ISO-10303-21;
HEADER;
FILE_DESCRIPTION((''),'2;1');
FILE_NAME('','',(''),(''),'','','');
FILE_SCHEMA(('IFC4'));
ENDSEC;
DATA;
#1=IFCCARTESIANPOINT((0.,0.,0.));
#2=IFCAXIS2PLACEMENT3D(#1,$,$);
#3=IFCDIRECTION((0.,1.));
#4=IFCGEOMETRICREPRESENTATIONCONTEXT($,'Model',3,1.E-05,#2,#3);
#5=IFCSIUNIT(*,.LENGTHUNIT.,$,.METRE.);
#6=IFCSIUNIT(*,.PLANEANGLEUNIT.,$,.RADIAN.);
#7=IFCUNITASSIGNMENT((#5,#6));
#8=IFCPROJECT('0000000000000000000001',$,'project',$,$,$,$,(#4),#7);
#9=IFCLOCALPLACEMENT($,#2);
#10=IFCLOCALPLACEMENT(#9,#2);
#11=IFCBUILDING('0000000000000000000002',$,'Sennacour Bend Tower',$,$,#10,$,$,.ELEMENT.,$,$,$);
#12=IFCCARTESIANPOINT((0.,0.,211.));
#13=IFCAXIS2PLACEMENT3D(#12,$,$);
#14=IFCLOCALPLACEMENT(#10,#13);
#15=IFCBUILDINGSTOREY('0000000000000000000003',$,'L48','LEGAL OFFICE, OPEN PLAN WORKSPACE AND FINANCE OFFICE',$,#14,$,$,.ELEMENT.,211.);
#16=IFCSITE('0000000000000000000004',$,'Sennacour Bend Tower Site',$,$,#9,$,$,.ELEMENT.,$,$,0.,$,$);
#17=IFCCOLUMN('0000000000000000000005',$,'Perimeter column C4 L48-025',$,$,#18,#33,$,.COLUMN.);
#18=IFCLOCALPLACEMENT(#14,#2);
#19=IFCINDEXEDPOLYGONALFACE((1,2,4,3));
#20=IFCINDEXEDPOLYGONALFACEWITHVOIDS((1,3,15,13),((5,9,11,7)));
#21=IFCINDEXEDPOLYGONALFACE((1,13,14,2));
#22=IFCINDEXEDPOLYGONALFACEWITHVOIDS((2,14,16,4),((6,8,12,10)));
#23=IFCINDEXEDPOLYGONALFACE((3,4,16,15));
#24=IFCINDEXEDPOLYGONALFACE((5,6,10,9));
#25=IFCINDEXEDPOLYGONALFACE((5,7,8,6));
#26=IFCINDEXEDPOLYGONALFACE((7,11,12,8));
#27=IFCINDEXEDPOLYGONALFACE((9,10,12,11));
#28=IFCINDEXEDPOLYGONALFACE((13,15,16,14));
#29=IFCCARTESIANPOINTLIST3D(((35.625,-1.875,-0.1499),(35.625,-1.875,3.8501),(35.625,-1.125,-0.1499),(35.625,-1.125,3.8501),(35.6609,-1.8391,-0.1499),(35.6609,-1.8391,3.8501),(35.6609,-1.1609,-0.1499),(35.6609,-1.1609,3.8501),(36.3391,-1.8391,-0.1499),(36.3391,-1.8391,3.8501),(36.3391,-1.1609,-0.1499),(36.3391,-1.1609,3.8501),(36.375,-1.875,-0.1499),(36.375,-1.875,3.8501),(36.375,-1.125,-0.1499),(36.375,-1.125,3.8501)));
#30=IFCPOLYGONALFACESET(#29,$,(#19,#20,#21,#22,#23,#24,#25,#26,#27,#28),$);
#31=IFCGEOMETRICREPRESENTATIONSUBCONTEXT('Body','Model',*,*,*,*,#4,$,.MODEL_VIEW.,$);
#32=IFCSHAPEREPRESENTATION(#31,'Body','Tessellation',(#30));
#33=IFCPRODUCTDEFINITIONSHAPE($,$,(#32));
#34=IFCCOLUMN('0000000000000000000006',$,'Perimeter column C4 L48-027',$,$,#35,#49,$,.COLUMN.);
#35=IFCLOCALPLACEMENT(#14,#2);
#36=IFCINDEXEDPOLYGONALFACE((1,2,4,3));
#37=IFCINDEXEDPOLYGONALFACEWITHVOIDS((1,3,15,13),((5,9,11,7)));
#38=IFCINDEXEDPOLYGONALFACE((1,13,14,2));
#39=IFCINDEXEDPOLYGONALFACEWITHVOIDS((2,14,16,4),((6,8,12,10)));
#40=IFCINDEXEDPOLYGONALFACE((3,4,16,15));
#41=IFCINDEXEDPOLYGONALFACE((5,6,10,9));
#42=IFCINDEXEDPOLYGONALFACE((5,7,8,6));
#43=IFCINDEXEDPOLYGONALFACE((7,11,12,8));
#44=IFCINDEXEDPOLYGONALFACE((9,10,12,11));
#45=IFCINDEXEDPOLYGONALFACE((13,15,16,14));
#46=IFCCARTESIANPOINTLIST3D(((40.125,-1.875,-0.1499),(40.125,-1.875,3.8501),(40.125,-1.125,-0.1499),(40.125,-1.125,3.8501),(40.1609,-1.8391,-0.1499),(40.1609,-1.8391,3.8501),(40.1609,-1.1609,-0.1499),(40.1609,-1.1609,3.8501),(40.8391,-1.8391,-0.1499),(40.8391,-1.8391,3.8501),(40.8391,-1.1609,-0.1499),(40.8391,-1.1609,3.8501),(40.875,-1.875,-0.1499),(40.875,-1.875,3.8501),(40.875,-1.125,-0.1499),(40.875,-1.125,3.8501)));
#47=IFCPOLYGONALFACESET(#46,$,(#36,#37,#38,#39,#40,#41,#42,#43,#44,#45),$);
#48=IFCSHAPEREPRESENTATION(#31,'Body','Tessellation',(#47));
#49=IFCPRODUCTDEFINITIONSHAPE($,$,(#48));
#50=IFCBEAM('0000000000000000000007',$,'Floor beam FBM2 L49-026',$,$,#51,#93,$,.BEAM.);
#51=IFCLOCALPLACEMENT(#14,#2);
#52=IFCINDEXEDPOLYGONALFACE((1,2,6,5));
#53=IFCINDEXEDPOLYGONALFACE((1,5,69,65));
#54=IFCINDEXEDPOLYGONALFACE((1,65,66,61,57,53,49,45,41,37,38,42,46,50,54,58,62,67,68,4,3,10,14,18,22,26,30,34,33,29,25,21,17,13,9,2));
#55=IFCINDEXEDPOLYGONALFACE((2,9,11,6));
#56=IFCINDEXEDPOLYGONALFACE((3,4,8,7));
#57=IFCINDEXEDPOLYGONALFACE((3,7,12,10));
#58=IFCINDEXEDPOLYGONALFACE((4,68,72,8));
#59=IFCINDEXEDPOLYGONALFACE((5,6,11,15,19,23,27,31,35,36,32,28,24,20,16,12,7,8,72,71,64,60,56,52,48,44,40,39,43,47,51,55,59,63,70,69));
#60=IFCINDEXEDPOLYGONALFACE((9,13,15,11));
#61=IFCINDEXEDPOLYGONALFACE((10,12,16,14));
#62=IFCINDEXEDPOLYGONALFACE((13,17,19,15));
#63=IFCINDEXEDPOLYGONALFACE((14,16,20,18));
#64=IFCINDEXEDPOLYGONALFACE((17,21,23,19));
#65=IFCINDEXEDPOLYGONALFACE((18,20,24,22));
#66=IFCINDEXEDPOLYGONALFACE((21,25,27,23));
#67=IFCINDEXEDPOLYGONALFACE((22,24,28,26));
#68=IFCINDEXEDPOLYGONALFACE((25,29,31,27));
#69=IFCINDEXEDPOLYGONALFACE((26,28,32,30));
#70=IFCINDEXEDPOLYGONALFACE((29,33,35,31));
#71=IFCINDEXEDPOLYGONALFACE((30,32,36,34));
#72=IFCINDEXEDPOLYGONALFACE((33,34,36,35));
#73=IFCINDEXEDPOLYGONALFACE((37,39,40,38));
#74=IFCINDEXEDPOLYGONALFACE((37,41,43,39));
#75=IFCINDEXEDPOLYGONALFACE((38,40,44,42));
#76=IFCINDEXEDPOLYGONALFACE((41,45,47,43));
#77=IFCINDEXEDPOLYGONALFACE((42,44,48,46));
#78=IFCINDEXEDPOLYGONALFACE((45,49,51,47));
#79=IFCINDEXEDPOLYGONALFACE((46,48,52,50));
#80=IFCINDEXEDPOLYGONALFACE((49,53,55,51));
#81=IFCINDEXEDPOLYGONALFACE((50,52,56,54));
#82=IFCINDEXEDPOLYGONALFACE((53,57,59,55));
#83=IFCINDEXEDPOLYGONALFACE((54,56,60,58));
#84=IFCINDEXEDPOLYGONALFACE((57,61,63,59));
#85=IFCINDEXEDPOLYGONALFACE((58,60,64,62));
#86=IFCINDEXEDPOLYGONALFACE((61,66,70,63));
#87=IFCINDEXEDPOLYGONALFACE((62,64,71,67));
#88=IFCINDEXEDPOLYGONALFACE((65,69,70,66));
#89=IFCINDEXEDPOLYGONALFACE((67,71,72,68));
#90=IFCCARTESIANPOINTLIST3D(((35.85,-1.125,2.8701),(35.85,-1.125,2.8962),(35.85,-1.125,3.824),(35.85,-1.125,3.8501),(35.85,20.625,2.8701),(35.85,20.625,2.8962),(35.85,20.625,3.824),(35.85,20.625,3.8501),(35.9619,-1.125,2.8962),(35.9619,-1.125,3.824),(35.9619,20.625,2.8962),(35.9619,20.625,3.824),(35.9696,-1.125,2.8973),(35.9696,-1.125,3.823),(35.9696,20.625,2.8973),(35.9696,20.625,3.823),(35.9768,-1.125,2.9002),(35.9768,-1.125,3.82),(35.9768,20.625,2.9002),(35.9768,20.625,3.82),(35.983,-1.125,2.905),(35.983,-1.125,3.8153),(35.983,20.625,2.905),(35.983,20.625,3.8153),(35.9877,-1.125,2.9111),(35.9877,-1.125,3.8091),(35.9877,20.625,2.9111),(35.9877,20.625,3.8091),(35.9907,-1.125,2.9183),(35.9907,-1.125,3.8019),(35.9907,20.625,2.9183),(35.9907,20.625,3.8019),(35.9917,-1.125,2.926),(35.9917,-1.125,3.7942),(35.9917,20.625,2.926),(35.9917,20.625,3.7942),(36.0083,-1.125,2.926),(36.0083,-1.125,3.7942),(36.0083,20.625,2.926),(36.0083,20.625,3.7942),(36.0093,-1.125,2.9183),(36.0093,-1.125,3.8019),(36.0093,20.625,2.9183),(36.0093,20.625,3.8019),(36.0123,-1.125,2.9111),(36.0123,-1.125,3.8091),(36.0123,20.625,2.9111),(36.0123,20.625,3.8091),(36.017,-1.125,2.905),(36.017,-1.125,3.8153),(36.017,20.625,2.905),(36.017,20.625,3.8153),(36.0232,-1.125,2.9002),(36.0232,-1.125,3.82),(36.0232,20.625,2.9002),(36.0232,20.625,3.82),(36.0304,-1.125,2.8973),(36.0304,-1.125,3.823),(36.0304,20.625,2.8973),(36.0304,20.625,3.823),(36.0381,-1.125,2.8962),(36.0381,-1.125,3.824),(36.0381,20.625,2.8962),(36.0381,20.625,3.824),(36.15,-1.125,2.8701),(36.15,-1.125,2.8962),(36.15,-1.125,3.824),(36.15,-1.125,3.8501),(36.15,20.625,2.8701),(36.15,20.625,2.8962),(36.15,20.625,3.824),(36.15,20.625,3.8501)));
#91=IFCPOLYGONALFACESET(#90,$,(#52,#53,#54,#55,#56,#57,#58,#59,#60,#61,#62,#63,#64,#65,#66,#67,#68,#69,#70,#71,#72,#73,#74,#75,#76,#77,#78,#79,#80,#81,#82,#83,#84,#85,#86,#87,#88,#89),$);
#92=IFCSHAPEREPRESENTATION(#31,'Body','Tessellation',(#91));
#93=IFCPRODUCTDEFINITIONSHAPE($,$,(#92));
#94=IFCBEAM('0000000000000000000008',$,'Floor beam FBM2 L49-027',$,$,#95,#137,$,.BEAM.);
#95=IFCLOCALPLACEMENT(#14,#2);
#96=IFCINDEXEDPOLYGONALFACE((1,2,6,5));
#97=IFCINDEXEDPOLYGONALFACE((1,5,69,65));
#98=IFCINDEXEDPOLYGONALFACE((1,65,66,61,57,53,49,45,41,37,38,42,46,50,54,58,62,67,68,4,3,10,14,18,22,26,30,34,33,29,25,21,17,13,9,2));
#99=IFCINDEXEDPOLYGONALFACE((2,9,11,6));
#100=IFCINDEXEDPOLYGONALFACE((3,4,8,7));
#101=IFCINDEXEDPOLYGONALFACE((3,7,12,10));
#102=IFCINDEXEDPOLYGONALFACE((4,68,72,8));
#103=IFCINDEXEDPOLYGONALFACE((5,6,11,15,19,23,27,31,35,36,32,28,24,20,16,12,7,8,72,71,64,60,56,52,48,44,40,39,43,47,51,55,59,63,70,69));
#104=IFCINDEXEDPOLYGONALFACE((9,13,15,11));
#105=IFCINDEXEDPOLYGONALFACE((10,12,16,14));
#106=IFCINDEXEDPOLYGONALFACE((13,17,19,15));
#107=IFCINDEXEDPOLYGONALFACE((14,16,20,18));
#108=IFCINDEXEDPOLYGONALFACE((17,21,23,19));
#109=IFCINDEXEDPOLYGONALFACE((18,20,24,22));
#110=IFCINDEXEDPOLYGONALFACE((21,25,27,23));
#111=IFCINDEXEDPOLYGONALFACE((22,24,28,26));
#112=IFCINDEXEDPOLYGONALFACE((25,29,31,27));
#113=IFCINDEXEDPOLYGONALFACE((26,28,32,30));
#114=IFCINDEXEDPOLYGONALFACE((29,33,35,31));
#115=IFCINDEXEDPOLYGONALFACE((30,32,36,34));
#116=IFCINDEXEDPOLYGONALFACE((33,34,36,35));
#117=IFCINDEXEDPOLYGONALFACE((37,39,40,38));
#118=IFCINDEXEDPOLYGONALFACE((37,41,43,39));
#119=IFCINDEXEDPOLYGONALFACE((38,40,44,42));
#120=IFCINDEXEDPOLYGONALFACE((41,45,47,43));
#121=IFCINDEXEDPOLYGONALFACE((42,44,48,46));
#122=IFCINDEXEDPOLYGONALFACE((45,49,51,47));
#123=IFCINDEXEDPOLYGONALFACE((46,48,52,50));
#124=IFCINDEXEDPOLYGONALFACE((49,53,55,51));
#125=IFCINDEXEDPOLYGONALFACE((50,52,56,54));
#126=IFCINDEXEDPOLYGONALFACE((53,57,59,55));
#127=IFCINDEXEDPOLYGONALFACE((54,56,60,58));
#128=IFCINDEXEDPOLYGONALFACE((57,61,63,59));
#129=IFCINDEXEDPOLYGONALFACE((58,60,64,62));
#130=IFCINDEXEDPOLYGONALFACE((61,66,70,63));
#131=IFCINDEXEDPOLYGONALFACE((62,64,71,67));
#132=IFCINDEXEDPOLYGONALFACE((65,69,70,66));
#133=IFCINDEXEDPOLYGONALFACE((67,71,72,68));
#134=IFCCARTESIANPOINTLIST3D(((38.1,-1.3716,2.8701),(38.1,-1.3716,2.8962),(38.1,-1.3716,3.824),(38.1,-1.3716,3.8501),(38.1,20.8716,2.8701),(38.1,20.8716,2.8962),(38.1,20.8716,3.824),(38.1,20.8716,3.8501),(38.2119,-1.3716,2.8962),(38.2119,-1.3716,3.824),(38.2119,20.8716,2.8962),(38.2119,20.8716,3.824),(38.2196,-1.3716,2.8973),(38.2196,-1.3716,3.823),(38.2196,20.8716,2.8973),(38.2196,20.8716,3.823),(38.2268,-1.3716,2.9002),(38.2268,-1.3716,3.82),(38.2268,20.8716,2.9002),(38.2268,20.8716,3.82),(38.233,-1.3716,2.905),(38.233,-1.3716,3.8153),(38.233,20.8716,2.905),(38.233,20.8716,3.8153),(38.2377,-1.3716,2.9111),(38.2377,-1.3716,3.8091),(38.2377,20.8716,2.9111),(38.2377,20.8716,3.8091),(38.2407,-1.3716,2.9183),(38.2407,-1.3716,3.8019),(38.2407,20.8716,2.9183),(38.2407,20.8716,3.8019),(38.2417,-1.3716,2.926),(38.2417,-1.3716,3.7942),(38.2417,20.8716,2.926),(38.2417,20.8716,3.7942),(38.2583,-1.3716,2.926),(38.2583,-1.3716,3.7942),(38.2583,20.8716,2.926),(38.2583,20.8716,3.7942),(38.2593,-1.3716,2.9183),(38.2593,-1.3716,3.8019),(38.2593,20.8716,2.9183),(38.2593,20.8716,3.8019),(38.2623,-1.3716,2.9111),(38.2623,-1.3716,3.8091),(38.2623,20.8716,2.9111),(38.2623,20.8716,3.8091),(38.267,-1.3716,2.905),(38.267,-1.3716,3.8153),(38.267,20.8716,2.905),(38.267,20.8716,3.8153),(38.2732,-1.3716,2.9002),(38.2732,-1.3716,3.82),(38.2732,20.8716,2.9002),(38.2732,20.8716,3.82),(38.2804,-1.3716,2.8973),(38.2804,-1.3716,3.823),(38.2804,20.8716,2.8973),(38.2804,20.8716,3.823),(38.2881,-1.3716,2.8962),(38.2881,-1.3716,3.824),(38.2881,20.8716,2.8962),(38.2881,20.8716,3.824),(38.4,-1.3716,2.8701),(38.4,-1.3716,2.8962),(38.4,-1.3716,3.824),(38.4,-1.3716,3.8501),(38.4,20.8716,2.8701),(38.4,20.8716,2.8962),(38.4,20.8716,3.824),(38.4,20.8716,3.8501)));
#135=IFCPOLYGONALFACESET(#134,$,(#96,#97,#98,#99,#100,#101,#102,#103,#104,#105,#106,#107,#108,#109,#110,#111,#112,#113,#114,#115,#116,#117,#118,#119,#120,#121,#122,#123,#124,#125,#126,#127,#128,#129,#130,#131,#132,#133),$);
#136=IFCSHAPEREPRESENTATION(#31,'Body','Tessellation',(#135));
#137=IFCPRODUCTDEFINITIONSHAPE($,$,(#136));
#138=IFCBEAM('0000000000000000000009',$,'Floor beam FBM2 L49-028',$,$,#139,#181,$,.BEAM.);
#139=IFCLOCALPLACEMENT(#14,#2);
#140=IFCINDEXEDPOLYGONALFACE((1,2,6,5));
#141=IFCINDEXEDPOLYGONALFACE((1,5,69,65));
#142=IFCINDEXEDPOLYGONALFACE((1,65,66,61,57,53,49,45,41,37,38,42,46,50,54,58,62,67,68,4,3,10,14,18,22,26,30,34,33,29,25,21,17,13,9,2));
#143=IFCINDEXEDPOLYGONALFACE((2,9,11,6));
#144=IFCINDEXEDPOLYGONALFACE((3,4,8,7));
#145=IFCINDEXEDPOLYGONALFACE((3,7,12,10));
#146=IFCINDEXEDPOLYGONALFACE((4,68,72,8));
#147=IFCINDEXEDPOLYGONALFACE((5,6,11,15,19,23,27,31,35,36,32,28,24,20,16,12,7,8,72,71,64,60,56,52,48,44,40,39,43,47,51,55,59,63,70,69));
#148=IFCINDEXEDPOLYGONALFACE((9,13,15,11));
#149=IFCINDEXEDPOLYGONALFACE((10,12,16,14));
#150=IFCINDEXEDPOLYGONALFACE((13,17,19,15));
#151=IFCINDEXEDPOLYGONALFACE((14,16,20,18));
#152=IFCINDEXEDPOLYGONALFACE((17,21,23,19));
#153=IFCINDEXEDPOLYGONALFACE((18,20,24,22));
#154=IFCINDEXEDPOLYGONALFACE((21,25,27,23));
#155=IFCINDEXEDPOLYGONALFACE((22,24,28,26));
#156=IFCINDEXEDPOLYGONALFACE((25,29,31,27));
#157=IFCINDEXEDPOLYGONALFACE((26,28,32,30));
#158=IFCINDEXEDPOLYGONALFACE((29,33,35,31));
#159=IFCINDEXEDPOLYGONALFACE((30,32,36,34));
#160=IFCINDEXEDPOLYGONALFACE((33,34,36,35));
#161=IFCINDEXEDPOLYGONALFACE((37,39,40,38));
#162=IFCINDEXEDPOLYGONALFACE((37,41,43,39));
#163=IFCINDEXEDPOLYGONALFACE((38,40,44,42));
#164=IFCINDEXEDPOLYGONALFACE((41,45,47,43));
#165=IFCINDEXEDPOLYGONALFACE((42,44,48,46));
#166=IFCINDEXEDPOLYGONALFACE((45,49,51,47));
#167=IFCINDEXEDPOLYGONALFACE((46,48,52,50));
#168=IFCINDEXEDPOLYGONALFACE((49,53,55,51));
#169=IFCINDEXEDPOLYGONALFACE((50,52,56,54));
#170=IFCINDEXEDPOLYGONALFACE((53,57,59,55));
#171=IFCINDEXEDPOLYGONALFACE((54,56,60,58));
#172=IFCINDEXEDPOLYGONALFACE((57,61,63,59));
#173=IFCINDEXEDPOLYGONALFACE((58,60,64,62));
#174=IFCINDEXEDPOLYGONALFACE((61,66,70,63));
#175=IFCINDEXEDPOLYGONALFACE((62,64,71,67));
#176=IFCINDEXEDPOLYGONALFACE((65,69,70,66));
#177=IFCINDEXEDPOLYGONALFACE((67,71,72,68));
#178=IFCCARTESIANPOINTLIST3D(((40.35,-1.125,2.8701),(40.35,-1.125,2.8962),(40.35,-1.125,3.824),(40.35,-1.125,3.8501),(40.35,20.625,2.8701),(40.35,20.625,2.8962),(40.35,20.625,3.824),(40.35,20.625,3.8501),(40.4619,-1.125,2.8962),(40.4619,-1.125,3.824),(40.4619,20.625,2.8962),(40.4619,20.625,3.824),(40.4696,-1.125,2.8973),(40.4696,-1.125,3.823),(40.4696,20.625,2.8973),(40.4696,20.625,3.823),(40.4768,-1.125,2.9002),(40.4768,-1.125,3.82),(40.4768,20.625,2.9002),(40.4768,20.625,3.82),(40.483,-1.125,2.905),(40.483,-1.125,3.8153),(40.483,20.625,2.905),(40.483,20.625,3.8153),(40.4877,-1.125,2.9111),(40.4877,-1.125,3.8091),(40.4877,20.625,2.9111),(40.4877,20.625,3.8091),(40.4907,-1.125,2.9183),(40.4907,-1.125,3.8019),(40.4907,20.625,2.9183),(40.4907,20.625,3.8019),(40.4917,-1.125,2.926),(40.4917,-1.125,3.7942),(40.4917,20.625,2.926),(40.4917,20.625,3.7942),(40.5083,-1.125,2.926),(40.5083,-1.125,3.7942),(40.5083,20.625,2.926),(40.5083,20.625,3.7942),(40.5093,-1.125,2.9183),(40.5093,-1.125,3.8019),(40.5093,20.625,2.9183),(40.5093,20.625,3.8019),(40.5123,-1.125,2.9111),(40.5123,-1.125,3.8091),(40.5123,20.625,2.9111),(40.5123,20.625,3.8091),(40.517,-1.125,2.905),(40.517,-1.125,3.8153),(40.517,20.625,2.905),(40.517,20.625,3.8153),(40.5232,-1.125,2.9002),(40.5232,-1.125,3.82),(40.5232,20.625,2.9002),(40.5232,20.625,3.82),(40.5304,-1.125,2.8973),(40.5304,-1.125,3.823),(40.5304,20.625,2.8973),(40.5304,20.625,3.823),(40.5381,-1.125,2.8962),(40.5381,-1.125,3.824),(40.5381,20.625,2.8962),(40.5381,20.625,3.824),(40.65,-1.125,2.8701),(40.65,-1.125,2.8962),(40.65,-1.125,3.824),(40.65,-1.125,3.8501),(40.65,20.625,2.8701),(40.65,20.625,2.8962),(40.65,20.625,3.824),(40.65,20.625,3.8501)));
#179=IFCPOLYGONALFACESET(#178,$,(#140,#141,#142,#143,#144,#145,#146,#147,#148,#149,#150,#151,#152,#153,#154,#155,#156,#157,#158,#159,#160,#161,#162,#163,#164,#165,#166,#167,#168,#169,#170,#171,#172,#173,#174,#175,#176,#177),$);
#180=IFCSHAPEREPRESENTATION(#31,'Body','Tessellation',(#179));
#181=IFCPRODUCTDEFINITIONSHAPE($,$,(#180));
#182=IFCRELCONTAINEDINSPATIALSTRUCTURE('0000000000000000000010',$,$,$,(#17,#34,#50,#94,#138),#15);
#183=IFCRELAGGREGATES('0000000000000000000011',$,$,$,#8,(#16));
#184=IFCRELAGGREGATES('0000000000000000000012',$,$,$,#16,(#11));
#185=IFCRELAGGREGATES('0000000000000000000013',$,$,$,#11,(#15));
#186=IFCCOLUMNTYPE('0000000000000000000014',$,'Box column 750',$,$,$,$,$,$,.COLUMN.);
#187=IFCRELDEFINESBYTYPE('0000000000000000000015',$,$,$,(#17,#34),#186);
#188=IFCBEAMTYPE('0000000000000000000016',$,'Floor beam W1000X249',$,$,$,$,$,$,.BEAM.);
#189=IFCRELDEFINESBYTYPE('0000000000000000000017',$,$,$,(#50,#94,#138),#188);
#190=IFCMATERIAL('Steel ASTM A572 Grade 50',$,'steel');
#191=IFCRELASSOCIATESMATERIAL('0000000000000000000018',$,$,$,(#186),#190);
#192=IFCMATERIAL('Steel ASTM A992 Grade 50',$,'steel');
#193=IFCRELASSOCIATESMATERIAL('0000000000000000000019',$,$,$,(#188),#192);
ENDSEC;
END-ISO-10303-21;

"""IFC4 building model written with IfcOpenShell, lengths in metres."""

from ifc_helpers import new_model, si_unit, direction, frame, origin, origin_2d, place, context, subcontext, project, spatial, hollow_rectangle, i_section, extrude, material, material_profile, profile_set, type_object, element, save


model = new_model("IFC4")

# Units and contexts
model_context = context("Model", 3, precision=1e-05, world=origin(), true_north=direction((0.0, 1.0)))
body_context = subcontext(model_context, "Body", "Model", "MODEL_VIEW")
ifc_project = project(units=[si_unit("LENGTHUNIT", "METRE"), si_unit("PLANEANGLEUNIT", "RADIAN")], contexts=[model_context])

# Site, building, storey
site_placement = place(None, origin())
site = spatial("IfcSite", under=ifc_project, at=site_placement, Name="Sennacour Bend Tower Site", CompositionType="ELEMENT", RefElevation=0.0)
building_placement = place(site_placement, origin())
building = spatial("IfcBuilding", under=site, at=building_placement, Name="Sennacour Bend Tower", CompositionType="ELEMENT")
storey_placement = place(building_placement, frame((0.0, 0.0, 211.0)))
storey = spatial("IfcBuildingStorey", under=building, at=storey_placement, Name="L48", Description="LEGAL OFFICE, OPEN PLAN WORKSPACE AND FINANCE OFFICE", CompositionType="ELEMENT", Elevation=211.0)

# Columns
ifc_material_1 = material(Name="Steel ASTM A572 Grade 50", Category="steel")
ifc_material_profile_1 = material_profile(ifc_material_1, hollow_rectangle(XDim=0.75, YDim=0.75, WallThickness=0.0359, at=origin_2d()), Name="Steel ASTM A572 Grade 50", Category="steel")
ifc_profile_set_1 = profile_set([ifc_material_profile_1], Name="Steel ASTM A572 Grade 50")
column_type = type_object("IfcColumnType", Name="Box column 750", PredefinedType="COLUMN", material=ifc_profile_set_1)
for number, where, z_axis, x_axis, name in (
    (1, (36.0, -1.5, -0.1499), (0.0, 0.0, 1.0), (1.0, 0.0, 0.0), "Perimeter column C4 L48-025"),
    (2, (40.5, -1.5, -0.1499), (0.0, 0.0, 1.0), (1.0, 0.0, 0.0), "Perimeter column C4 L48-027"),
):
    element("IfcColumn", number, at=place(storey_placement, frame(where, z_axis=z_axis, x_axis=x_axis)), inside=storey, type_object=column_type, Name=name, PredefinedType="COLUMN", context=body_context, shape_type="SweptSolid", body=[
        extrude(hollow_rectangle(XDim=0.75, YDim=0.75, WallThickness=0.0359, at=origin_2d()), origin(), (0.0, 0.0, 1.0), 4.0),
    ])

# Beams
ifc_material_2 = material(Name="Steel ASTM A992 Grade 50", Category="steel")
ifc_material_profile_2 = material_profile(ifc_material_2, i_section(OverallWidth=0.3, OverallDepth=0.98, WebThickness=0.0166, FlangeThickness=0.0261, FilletRadius=0.0298, at=origin_2d()), Name="Steel ASTM A992 Grade 50", Category="steel")
ifc_profile_set_2 = profile_set([ifc_material_profile_2], Name="Steel ASTM A992 Grade 50")
beam_type_1 = type_object("IfcBeamType", Name="Floor beam W1000X249", PredefinedType="BEAM", material=ifc_profile_set_2)
beam_1_placement = place(storey_placement, frame((36.0, -1.125, 3.3601), z_axis=(0.0, 1.0, 0.0), x_axis=(-1.0, 0.0, 0.0)))
element("IfcBeam", 3, at=beam_1_placement, inside=storey, type_object=beam_type_1, Name="Floor beam FBM2 L49-026", PredefinedType="BEAM", context=body_context, shape_type="SweptSolid", body=[
    extrude(i_section(OverallWidth=0.3, OverallDepth=0.98, WebThickness=0.0166, FlangeThickness=0.0261, FilletRadius=0.0298, at=origin_2d()), origin(), (0.0, 0.0, 1.0), 21.75),
])
beam_2_placement = place(storey_placement, frame((38.25, -1.3716, 3.3601), z_axis=(0.0, 1.0, 0.0), x_axis=(-1.0, 0.0, 0.0)))
element("IfcBeam", 4, at=beam_2_placement, inside=storey, type_object=beam_type_1, Name="Floor beam FBM2 L49-027", PredefinedType="BEAM", context=body_context, shape_type="SweptSolid", body=[
    extrude(i_section(OverallWidth=0.3, OverallDepth=0.98, WebThickness=0.0166, FlangeThickness=0.0261, FilletRadius=0.0298, at=origin_2d()), origin(), (0.0, 0.0, 1.0), 22.2432),
])
beam_3_placement = place(storey_placement, frame((40.5, -1.125, 3.3601), z_axis=(0.0, 1.0, 0.0), x_axis=(-1.0, 0.0, 0.0)))
element("IfcBeam", 5, at=beam_3_placement, inside=storey, type_object=beam_type_1, Name="Floor beam FBM2 L49-028", PredefinedType="BEAM", context=body_context, shape_type="SweptSolid", body=[
    extrude(i_section(OverallWidth=0.3, OverallDepth=0.98, WebThickness=0.0166, FlangeThickness=0.0261, FilletRadius=0.0298, at=origin_2d()), origin(), (0.0, 0.0, 1.0), 21.75),
])

save(model, "model.ifc")
